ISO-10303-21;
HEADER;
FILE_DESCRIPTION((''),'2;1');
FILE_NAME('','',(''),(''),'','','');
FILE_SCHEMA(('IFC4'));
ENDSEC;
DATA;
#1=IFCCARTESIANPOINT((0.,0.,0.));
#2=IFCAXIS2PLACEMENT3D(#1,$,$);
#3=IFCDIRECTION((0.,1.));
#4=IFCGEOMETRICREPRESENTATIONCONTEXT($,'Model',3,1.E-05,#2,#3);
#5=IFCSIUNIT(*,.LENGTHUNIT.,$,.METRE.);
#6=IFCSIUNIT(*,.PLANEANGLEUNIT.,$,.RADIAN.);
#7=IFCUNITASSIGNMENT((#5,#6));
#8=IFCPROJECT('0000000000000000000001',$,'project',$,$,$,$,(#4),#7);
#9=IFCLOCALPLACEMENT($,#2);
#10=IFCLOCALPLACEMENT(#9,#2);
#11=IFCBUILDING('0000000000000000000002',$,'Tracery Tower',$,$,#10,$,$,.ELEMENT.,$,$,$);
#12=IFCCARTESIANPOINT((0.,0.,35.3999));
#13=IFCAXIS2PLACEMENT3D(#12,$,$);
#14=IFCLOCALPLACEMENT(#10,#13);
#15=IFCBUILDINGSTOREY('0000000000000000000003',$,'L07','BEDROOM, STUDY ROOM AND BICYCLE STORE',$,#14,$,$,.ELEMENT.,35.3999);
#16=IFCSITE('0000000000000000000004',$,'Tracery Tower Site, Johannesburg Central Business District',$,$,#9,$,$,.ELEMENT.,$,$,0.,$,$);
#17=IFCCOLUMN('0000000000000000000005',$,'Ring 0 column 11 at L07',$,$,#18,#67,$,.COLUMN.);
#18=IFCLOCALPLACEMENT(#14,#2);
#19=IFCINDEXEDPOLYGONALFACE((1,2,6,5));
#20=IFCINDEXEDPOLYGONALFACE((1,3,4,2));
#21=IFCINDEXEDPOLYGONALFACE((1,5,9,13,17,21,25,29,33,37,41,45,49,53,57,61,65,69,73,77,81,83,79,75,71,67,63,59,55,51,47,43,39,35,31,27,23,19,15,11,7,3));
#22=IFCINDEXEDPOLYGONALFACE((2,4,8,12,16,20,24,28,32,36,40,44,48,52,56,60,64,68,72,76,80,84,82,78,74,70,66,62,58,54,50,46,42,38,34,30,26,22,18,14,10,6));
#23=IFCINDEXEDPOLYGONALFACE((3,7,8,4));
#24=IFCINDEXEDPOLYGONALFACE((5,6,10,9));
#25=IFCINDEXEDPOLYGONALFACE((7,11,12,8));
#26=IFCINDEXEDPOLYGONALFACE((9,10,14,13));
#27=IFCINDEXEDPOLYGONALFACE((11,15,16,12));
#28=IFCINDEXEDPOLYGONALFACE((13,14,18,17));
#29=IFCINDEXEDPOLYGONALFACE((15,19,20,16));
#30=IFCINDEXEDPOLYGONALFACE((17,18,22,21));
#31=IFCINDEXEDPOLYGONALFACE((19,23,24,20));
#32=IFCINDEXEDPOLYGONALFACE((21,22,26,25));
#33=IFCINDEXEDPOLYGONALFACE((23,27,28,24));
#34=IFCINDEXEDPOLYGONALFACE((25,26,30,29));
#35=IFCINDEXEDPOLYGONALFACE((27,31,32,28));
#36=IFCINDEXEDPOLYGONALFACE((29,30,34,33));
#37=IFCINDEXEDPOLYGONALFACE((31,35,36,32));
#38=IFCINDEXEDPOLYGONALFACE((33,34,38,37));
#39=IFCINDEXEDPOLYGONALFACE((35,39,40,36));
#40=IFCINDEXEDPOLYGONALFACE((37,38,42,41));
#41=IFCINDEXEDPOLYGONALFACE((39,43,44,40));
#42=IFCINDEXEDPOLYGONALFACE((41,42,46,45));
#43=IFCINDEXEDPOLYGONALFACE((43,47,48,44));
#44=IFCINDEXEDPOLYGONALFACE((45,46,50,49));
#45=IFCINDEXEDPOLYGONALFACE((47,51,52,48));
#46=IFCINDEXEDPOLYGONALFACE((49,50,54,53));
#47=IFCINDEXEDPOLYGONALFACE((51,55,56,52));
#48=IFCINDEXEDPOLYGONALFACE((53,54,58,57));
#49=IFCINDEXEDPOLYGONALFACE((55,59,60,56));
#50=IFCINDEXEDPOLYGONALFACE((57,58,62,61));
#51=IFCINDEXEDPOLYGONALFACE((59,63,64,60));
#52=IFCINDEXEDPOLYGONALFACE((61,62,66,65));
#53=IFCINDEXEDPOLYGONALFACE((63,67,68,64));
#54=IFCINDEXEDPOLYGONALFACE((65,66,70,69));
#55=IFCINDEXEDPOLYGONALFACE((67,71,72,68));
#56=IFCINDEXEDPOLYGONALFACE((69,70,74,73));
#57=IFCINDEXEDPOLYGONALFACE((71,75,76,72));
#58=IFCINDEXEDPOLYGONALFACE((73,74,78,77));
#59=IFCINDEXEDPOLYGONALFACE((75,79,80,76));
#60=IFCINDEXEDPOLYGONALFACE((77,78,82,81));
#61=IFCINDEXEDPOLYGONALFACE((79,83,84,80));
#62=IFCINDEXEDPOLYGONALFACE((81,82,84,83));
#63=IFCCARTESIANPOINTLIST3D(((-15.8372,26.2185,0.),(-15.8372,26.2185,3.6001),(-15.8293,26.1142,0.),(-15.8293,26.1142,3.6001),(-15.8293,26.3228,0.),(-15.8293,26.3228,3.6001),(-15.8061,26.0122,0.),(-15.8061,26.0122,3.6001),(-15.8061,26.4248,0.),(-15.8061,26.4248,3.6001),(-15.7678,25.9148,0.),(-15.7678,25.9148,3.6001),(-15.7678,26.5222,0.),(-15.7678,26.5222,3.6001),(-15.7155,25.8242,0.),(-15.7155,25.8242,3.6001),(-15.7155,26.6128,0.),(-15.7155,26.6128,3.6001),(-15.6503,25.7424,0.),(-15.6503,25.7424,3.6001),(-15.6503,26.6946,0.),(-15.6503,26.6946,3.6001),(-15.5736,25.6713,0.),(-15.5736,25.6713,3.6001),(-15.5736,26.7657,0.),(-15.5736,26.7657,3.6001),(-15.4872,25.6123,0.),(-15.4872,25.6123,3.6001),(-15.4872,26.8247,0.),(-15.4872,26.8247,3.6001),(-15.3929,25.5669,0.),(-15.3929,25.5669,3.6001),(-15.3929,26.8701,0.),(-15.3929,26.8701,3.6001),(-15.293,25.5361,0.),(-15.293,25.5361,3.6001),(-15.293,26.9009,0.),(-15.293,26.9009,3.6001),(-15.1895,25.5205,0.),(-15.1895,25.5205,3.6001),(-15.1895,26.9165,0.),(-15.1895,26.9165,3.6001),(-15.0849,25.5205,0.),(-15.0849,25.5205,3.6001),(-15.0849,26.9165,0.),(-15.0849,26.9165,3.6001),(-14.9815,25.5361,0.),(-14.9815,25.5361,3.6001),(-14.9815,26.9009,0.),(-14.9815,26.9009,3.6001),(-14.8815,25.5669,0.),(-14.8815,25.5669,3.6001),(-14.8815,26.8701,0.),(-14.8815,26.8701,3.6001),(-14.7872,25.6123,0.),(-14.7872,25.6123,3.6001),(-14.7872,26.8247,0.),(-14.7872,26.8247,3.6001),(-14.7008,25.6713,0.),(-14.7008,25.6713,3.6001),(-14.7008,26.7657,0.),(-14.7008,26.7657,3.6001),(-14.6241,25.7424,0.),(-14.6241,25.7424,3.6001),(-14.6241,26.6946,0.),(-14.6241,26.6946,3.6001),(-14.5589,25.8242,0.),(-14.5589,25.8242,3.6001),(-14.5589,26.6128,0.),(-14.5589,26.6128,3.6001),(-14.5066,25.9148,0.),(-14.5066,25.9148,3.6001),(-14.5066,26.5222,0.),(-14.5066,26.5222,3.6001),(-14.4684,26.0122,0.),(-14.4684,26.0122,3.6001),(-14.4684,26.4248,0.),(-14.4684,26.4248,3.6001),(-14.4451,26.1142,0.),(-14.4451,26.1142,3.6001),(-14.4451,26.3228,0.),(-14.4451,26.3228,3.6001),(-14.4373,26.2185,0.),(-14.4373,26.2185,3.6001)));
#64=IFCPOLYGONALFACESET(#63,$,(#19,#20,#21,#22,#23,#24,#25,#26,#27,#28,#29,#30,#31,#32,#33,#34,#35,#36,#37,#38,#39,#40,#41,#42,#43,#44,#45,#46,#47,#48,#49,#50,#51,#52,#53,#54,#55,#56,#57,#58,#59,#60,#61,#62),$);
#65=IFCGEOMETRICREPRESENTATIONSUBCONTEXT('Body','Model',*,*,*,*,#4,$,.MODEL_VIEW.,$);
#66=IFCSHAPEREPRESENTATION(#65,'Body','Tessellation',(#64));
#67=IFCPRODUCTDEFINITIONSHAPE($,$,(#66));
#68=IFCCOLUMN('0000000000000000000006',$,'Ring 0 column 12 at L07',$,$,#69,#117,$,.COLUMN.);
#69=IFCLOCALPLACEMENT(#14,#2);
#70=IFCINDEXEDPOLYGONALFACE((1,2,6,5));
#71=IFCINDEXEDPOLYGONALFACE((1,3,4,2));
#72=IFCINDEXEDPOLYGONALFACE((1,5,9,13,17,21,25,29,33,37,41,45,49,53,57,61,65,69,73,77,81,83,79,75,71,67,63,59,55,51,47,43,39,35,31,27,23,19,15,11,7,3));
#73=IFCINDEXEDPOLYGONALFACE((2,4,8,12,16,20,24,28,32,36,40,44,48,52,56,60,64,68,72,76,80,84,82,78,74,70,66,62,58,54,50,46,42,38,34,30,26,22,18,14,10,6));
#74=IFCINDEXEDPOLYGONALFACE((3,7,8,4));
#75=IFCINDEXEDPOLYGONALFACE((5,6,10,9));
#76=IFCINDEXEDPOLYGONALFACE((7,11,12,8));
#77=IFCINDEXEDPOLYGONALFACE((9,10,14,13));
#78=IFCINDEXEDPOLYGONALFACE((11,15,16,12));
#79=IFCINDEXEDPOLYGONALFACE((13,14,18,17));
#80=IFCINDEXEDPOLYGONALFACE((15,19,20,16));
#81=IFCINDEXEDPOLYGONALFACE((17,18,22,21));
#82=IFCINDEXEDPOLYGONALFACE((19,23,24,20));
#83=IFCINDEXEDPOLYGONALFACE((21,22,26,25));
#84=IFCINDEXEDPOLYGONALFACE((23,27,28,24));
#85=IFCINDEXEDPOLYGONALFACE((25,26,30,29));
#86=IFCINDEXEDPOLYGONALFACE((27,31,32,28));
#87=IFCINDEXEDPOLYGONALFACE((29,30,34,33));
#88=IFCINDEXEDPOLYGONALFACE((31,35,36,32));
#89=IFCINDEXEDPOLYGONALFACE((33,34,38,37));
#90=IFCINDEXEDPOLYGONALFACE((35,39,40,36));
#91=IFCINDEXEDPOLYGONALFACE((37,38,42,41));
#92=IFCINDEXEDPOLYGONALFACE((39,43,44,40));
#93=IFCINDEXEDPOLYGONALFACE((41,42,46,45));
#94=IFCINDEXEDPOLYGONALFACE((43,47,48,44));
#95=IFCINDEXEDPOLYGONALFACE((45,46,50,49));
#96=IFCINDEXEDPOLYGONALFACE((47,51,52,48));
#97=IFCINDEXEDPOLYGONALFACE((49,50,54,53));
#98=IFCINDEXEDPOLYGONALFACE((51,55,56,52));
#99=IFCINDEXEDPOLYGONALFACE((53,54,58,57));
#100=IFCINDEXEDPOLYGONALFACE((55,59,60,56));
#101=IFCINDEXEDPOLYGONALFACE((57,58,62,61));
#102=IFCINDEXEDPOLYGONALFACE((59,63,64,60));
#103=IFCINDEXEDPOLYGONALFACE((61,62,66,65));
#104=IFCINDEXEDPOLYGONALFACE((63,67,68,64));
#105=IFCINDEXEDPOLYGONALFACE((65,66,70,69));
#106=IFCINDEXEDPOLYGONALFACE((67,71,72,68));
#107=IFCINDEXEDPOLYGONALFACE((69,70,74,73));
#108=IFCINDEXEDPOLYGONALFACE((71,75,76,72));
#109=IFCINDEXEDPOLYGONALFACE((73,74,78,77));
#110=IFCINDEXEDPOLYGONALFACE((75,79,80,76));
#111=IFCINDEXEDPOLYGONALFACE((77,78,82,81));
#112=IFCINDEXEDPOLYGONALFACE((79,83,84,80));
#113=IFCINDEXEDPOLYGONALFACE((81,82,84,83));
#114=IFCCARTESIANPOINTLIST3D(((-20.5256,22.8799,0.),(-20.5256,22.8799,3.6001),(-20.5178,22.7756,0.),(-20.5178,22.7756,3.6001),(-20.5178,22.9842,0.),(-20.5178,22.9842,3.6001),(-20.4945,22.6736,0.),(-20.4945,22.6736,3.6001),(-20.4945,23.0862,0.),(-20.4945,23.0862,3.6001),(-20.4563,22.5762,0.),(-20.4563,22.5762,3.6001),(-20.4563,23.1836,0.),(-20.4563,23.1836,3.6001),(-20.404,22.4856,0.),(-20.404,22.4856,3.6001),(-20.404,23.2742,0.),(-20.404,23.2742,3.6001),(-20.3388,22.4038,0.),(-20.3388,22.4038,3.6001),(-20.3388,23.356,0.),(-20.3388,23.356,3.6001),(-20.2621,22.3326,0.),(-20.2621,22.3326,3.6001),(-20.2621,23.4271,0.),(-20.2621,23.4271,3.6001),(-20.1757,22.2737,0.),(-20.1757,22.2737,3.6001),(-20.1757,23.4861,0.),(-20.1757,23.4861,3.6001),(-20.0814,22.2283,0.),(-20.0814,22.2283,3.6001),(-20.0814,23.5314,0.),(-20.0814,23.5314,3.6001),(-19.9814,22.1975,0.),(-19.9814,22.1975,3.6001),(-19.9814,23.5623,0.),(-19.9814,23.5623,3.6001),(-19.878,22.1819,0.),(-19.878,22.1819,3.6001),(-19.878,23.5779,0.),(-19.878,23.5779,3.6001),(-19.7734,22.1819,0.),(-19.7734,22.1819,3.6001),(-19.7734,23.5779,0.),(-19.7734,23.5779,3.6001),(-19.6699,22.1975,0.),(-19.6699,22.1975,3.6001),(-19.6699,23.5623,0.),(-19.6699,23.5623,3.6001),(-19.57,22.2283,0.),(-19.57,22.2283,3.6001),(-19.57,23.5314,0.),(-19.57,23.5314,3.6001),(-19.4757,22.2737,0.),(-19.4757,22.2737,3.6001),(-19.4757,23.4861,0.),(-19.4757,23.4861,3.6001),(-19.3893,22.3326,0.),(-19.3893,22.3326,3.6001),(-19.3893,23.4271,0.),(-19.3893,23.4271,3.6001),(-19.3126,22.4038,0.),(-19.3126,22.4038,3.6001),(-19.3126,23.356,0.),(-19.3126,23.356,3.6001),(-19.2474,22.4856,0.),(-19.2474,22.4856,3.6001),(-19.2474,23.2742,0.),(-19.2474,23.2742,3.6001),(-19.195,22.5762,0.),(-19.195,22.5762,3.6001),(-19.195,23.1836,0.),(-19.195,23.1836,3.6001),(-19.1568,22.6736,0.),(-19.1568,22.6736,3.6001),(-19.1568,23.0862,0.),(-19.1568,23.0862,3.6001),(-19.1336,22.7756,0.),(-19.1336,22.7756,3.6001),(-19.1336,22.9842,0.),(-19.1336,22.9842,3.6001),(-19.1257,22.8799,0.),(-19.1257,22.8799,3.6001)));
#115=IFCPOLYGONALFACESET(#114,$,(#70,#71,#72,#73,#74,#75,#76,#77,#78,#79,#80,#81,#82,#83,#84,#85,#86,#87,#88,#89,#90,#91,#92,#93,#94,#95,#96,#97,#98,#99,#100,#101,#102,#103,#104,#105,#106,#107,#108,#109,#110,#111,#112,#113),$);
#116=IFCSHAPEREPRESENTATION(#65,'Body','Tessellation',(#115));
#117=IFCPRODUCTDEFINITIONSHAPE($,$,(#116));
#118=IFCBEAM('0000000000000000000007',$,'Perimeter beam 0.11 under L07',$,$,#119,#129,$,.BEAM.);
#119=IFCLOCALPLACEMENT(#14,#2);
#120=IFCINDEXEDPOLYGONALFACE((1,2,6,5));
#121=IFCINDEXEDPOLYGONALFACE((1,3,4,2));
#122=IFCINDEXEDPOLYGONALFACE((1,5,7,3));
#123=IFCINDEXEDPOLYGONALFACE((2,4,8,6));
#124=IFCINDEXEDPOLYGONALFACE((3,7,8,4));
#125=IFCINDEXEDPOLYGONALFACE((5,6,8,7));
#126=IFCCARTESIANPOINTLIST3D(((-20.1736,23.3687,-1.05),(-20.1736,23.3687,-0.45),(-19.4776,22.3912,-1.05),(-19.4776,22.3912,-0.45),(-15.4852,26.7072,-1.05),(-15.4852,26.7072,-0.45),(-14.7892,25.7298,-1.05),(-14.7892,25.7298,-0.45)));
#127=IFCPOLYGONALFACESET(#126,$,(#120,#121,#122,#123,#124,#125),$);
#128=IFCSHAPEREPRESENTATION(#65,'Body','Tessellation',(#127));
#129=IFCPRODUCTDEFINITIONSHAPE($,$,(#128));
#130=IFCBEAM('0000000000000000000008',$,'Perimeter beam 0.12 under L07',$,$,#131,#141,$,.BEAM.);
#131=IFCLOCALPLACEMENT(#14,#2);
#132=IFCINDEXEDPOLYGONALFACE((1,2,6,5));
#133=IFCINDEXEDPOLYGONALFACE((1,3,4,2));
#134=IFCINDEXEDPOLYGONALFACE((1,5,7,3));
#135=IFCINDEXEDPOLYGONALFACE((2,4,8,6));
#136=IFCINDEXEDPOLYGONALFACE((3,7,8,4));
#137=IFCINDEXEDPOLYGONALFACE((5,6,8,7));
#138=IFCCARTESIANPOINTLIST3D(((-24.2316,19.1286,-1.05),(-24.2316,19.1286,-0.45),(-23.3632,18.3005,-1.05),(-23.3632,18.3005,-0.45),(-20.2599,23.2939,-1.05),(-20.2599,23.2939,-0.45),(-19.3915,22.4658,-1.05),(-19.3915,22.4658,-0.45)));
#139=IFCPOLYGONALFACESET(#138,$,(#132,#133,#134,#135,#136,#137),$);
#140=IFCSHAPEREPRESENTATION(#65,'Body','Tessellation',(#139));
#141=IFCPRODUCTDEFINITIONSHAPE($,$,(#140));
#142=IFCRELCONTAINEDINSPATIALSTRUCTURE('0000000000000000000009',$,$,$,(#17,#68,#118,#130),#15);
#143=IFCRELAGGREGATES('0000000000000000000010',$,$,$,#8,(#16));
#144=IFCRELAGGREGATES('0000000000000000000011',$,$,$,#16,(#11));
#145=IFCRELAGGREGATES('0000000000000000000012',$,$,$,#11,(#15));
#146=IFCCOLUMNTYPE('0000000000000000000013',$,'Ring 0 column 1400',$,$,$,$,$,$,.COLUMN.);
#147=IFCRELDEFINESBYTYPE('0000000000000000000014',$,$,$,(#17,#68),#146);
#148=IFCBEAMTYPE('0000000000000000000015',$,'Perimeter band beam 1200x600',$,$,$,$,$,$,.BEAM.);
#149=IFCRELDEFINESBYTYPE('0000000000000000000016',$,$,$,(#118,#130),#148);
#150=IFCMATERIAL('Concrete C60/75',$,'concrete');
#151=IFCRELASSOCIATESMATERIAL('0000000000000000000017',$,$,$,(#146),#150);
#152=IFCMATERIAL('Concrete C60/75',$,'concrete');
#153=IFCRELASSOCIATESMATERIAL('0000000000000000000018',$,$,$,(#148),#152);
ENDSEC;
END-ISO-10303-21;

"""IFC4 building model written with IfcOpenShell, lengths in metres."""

from ifc_helpers import new_model, si_unit, direction, frame, origin, origin_2d, place, context, subcontext, project, spatial, rectangle, circle, extrude, material, material_profile, profile_set, type_object, element, save


model = new_model("IFC4")

# Units and contexts
model_context = context("Model", 3, precision=1e-05, world=origin(), true_north=direction((0.0, 1.0)))
body_context = subcontext(model_context, "Body", "Model", "MODEL_VIEW")
ifc_project = project(units=[si_unit("LENGTHUNIT", "METRE"), si_unit("PLANEANGLEUNIT", "RADIAN")], contexts=[model_context])

# Site, building, storey
site_placement = place(None, origin())
site = spatial("IfcSite", under=ifc_project, at=site_placement, Name="Tracery Tower Site, Johannesburg Central Business District", CompositionType="ELEMENT", RefElevation=0.0)
building_placement = place(site_placement, origin())
building = spatial("IfcBuilding", under=site, at=building_placement, Name="Tracery Tower", CompositionType="ELEMENT")
storey_placement = place(building_placement, frame((0.0, 0.0, 35.3999)))
storey = spatial("IfcBuildingStorey", under=building, at=storey_placement, Name="L07", Description="BEDROOM, STUDY ROOM AND BICYCLE STORE", CompositionType="ELEMENT", Elevation=35.3999)

# Columns
ifc_material_1 = material(Name="Concrete C60/75", Category="concrete")
ifc_material_profile_1 = material_profile(ifc_material_1, circle(Radius=0.7, at=origin_2d()), Name="RC D1400")
ifc_profile_set_1 = profile_set([ifc_material_profile_1], Name="Concrete C60/75")
column_type = type_object("IfcColumnType", Name="Ring 0 column 1400", PredefinedType="COLUMN", material=ifc_profile_set_1)
for number, where, z_axis, x_axis, name in (
    (1, (-15.1372, 26.2185, 0.0), (0.0, 0.0, 1.0), (1.0, 0.0, 0.0), "Ring 0 column 11 at L07"),
    (2, (-19.8257, 22.8799, 0.0), (0.0, 0.0, 1.0), (1.0, 0.0, 0.0), "Ring 0 column 12 at L07"),
):
    element("IfcColumn", number, at=place(storey_placement, frame(where, z_axis=z_axis, x_axis=x_axis)), inside=storey, type_object=column_type, Name=name, PredefinedType="COLUMN", context=body_context, shape_type="SweptSolid", body=[
        extrude(circle(Radius=0.7, at=origin_2d()), origin(), (0.0, 0.0, 1.0), 3.6001),
    ])

# Beams
ifc_material_2 = material(Name="Concrete C60/75", Category="concrete")
ifc_material_profile_2 = material_profile(ifc_material_2, rectangle(XDim=1.2, YDim=0.6001, at=origin_2d()), Name="RC 1200x600")
ifc_profile_set_2 = profile_set([ifc_material_profile_2], Name="Concrete C60/75")
beam_type = type_object("IfcBeamType", Name="Perimeter band beam 1200x600", PredefinedType="BEAM", material=ifc_profile_set_2)
beam_1_placement = place(storey_placement, frame((-15.1372, 26.2185, -0.75), z_axis=(-0.814578, -0.580054, 0.0), x_axis=(0.580054, -0.814578, 0.0)))
element("IfcBeam", 3, at=beam_1_placement, inside=storey, type_object=beam_type, Name="Perimeter beam 0.11 under L07", PredefinedType="BEAM", context=body_context, shape_type="SweptSolid", body=[
    extrude(rectangle(XDim=1.2, YDim=0.6001, at=origin_2d()), origin(), (0.0, 0.0, 1.0), 5.7556),
])
beam_2_placement = place(storey_placement, frame((-19.8257, 22.8799, -0.75), z_axis=(-0.690087, -0.723726, 0.0), x_axis=(0.723726, -0.690087, 0.0)))
element("IfcBeam", 4, at=beam_2_placement, inside=storey, type_object=beam_type, Name="Perimeter beam 0.12 under L07", PredefinedType="BEAM", context=body_context, shape_type="SweptSolid", body=[
    extrude(rectangle(XDim=1.2, YDim=0.6001, at=origin_2d()), origin(), (0.0, 0.0, 1.0), 5.7554),
])

save(model, "model.ifc")
